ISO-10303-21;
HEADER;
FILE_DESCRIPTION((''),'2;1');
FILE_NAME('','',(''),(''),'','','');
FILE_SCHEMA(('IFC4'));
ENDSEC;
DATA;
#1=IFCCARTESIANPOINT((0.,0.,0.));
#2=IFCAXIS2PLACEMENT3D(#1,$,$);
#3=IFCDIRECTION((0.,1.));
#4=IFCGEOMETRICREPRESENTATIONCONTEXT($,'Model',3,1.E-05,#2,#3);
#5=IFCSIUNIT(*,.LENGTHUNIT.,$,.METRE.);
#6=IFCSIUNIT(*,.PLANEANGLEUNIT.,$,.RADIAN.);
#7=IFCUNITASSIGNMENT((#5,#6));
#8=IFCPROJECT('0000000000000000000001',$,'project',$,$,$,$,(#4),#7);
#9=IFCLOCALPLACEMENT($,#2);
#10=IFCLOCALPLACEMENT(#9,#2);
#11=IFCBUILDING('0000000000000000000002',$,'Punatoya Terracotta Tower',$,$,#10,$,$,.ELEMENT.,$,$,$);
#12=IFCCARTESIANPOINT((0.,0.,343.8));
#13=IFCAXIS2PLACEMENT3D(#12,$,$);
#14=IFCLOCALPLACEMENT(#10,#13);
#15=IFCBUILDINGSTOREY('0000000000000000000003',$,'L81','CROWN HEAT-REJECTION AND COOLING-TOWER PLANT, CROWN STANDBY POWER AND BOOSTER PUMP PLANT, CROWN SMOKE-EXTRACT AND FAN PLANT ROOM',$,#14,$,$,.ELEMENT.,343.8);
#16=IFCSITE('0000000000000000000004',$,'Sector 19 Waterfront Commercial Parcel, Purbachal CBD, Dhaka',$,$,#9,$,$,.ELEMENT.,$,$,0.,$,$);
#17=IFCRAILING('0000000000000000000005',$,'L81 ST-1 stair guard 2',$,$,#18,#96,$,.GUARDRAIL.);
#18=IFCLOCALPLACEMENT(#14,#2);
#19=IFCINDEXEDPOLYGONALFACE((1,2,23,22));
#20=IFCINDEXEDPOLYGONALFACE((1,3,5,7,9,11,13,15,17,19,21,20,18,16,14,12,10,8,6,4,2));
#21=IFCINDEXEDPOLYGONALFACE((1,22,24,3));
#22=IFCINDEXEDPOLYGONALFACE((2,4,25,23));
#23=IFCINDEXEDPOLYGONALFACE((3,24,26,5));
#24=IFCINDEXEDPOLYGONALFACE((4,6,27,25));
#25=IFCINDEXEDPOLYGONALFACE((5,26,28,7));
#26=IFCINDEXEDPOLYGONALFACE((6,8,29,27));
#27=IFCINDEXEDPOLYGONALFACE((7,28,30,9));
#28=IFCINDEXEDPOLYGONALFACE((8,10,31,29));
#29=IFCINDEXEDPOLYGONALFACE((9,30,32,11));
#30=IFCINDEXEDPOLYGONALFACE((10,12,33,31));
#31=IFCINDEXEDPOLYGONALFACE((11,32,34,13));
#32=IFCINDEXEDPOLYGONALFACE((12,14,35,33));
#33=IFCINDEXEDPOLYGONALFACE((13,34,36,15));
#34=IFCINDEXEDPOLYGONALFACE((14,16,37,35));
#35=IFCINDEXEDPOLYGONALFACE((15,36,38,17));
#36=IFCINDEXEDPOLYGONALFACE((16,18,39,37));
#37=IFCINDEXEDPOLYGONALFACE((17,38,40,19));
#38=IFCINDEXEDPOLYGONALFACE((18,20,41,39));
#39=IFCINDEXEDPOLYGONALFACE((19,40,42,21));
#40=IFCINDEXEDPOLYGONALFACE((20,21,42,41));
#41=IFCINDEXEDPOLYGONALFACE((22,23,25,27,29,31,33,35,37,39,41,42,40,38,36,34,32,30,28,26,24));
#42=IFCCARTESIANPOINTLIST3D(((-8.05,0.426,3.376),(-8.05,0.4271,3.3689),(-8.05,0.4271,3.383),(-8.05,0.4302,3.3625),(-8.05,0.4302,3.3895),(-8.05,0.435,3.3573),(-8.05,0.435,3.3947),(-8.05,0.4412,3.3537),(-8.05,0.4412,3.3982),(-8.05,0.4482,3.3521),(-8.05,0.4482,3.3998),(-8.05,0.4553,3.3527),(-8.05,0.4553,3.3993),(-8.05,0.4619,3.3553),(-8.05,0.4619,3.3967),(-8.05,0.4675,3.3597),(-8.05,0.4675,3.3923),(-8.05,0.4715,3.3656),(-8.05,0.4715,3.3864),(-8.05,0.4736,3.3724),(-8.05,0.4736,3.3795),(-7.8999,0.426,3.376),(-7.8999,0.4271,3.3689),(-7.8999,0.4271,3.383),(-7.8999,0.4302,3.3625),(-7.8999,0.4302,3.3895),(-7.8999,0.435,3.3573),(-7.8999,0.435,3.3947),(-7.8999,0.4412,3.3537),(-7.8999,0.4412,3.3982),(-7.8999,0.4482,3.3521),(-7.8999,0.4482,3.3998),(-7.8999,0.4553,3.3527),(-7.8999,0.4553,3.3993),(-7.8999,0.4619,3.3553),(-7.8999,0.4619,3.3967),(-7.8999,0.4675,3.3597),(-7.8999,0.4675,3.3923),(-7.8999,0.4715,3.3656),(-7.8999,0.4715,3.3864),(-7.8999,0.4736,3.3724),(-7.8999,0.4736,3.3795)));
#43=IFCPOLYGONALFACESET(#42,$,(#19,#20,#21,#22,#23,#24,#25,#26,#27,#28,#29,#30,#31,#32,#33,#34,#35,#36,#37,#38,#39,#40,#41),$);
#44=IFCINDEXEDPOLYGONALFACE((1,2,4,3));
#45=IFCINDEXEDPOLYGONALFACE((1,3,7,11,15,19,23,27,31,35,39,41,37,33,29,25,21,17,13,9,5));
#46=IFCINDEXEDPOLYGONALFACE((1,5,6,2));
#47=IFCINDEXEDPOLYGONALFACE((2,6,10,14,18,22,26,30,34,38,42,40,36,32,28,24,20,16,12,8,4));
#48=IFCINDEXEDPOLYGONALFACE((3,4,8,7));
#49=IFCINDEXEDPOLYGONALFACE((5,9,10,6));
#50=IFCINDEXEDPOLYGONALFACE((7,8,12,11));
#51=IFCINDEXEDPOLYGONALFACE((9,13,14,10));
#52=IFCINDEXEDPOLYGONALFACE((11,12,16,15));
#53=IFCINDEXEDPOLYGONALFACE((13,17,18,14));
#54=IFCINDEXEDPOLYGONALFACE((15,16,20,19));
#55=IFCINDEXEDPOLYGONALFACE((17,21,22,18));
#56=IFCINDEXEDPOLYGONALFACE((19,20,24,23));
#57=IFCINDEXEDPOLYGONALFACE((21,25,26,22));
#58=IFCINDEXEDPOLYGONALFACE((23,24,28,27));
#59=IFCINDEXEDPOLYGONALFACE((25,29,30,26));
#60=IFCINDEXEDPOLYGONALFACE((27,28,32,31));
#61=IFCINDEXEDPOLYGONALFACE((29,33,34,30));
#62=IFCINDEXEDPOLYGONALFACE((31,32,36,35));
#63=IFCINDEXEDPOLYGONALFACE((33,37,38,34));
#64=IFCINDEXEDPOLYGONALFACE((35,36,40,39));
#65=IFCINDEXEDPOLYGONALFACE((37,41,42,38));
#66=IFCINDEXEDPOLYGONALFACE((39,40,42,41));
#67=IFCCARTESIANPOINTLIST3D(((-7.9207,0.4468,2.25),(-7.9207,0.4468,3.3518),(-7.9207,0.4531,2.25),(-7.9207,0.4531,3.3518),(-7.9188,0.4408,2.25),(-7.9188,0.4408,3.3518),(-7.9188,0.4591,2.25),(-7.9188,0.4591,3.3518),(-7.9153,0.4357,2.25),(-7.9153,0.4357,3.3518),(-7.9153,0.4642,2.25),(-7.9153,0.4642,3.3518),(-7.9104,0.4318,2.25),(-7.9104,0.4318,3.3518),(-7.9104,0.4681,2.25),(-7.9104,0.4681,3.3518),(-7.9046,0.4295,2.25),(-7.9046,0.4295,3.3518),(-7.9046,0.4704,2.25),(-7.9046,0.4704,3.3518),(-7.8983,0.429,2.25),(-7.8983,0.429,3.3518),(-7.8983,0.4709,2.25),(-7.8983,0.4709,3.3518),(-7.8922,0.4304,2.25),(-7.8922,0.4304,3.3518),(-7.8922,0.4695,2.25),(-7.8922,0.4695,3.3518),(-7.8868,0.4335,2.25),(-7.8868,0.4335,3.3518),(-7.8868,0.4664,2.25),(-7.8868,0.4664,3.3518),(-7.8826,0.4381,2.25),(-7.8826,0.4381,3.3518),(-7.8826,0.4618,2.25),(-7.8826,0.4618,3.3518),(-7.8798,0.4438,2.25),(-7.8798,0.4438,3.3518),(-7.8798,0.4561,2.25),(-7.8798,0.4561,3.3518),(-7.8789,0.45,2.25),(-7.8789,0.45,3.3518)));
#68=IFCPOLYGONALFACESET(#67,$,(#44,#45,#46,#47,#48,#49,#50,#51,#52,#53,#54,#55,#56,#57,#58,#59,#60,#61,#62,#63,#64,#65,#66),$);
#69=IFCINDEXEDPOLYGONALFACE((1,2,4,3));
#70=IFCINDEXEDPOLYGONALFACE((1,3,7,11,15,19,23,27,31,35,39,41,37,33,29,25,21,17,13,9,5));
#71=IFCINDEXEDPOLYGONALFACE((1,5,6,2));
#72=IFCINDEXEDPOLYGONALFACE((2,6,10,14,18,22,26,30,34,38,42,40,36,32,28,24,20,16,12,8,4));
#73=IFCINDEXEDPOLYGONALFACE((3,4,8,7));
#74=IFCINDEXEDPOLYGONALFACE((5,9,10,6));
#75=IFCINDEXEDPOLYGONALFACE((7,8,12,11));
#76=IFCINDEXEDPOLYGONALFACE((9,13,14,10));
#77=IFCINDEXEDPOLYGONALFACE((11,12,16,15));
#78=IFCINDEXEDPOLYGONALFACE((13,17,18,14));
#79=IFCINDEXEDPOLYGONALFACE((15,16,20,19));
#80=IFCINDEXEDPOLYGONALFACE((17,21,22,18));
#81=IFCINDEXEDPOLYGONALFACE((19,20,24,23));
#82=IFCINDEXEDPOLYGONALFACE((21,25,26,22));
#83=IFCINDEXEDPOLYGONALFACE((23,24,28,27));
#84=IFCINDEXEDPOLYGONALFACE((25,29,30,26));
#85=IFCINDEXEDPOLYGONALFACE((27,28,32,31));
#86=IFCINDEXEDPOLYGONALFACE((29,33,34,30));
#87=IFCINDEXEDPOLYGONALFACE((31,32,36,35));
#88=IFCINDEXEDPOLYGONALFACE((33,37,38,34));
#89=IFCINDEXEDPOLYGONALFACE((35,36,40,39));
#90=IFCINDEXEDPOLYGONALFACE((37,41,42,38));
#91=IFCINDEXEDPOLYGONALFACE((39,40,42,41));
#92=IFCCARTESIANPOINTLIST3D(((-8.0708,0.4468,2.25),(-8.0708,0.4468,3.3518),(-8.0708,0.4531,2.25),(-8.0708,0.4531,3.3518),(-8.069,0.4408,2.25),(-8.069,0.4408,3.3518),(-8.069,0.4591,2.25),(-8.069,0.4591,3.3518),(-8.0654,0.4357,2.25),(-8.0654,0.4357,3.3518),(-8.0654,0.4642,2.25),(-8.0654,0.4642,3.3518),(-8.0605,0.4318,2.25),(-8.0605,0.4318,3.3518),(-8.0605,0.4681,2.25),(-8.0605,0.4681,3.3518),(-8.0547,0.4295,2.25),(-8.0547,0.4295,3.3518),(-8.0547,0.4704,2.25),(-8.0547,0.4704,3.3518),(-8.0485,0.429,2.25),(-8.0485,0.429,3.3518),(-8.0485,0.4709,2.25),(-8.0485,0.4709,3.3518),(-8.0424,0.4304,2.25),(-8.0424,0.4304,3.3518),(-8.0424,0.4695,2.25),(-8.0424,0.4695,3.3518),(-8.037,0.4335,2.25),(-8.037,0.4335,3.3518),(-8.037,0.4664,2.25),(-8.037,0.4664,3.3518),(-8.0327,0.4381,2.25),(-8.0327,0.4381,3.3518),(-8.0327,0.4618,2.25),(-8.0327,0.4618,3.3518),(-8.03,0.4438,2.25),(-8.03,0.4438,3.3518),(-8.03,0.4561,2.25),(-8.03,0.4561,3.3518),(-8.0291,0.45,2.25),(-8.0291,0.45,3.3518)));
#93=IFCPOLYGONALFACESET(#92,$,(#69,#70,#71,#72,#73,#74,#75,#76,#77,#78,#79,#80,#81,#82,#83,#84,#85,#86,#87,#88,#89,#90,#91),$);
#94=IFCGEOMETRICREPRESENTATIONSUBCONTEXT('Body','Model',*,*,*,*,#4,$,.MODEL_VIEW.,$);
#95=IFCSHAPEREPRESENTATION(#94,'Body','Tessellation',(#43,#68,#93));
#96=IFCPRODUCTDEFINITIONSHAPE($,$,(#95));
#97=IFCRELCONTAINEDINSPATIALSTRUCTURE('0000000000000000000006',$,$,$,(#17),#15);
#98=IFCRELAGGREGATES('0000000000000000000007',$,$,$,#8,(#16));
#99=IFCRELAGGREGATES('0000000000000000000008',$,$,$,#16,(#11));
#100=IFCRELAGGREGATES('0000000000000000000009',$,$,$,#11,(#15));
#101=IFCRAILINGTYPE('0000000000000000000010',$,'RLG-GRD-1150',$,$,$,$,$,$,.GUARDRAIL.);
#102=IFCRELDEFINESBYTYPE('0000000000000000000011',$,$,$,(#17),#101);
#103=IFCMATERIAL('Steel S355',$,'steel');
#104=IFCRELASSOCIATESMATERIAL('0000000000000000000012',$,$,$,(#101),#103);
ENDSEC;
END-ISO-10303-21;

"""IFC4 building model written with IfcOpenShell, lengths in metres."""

from ifc_helpers import new_model, si_unit, direction, frame, origin, origin_2d, place, context, subcontext, project, spatial, circle, extrude, material, type_object, element, save


model = new_model("IFC4")

# Units and contexts
model_context = context("Model", 3, precision=1e-05, world=origin(), true_north=direction((0.0, 1.0)))
body_context = subcontext(model_context, "Body", "Model", "MODEL_VIEW")
ifc_project = project(units=[si_unit("LENGTHUNIT", "METRE"), si_unit("PLANEANGLEUNIT", "RADIAN")], contexts=[model_context])

# Site, building, storey
site_placement = place(None, origin())
site = spatial("IfcSite", under=ifc_project, at=site_placement, Name="Sector 19 Waterfront Commercial Parcel, Purbachal CBD, Dhaka", CompositionType="ELEMENT", RefElevation=0.0)
building_placement = place(site_placement, origin())
building = spatial("IfcBuilding", under=site, at=building_placement, Name="Punatoya Terracotta Tower", CompositionType="ELEMENT")
storey_placement = place(building_placement, frame((0.0, 0.0, 343.8)))
storey = spatial("IfcBuildingStorey", under=building, at=storey_placement, Name="L81", Description="CROWN HEAT-REJECTION AND COOLING-TOWER PLANT, CROWN STANDBY POWER AND BOOSTER PUMP PLANT, CROWN SMOKE-EXTRACT AND FAN PLANT ROOM", CompositionType="ELEMENT", Elevation=343.8)

# Shared definitions
ifc_material_1 = material(Name="Steel S355", Category="steel")

# Railing
railing_type_1 = type_object("IfcRailingType", Name="RLG-GRD-1150", PredefinedType="GUARDRAIL", material=ifc_material_1)
railing_1_placement = place(storey_placement, frame((-7.8999, 0.45, 2.25)))
element("IfcRailing", 1, at=railing_1_placement, inside=storey, type_object=railing_type_1, Name="L81 ST-1 stair guard 2", PredefinedType="GUARDRAIL", context=body_context, shape_type="SweptSolid", body=[
    extrude(circle(Radius=0.0239, at=origin_2d()), frame((0.0, 0.0, 1.126), z_axis=(-1.0, 0.0, 0.0), x_axis=(0.0, -1.0, 0.0)), (0.0, 0.0, 1.0), 0.1501),
    extrude(circle(Radius=0.021, at=origin_2d()), origin(), (0.0, 0.0, 1.0), 1.1018),
    extrude(circle(Radius=0.021, at=origin_2d()), frame((-0.1501, 0.0, 0.0)), (0.0, 0.0, 1.0), 1.1018),
])

save(model, "model.ifc")
